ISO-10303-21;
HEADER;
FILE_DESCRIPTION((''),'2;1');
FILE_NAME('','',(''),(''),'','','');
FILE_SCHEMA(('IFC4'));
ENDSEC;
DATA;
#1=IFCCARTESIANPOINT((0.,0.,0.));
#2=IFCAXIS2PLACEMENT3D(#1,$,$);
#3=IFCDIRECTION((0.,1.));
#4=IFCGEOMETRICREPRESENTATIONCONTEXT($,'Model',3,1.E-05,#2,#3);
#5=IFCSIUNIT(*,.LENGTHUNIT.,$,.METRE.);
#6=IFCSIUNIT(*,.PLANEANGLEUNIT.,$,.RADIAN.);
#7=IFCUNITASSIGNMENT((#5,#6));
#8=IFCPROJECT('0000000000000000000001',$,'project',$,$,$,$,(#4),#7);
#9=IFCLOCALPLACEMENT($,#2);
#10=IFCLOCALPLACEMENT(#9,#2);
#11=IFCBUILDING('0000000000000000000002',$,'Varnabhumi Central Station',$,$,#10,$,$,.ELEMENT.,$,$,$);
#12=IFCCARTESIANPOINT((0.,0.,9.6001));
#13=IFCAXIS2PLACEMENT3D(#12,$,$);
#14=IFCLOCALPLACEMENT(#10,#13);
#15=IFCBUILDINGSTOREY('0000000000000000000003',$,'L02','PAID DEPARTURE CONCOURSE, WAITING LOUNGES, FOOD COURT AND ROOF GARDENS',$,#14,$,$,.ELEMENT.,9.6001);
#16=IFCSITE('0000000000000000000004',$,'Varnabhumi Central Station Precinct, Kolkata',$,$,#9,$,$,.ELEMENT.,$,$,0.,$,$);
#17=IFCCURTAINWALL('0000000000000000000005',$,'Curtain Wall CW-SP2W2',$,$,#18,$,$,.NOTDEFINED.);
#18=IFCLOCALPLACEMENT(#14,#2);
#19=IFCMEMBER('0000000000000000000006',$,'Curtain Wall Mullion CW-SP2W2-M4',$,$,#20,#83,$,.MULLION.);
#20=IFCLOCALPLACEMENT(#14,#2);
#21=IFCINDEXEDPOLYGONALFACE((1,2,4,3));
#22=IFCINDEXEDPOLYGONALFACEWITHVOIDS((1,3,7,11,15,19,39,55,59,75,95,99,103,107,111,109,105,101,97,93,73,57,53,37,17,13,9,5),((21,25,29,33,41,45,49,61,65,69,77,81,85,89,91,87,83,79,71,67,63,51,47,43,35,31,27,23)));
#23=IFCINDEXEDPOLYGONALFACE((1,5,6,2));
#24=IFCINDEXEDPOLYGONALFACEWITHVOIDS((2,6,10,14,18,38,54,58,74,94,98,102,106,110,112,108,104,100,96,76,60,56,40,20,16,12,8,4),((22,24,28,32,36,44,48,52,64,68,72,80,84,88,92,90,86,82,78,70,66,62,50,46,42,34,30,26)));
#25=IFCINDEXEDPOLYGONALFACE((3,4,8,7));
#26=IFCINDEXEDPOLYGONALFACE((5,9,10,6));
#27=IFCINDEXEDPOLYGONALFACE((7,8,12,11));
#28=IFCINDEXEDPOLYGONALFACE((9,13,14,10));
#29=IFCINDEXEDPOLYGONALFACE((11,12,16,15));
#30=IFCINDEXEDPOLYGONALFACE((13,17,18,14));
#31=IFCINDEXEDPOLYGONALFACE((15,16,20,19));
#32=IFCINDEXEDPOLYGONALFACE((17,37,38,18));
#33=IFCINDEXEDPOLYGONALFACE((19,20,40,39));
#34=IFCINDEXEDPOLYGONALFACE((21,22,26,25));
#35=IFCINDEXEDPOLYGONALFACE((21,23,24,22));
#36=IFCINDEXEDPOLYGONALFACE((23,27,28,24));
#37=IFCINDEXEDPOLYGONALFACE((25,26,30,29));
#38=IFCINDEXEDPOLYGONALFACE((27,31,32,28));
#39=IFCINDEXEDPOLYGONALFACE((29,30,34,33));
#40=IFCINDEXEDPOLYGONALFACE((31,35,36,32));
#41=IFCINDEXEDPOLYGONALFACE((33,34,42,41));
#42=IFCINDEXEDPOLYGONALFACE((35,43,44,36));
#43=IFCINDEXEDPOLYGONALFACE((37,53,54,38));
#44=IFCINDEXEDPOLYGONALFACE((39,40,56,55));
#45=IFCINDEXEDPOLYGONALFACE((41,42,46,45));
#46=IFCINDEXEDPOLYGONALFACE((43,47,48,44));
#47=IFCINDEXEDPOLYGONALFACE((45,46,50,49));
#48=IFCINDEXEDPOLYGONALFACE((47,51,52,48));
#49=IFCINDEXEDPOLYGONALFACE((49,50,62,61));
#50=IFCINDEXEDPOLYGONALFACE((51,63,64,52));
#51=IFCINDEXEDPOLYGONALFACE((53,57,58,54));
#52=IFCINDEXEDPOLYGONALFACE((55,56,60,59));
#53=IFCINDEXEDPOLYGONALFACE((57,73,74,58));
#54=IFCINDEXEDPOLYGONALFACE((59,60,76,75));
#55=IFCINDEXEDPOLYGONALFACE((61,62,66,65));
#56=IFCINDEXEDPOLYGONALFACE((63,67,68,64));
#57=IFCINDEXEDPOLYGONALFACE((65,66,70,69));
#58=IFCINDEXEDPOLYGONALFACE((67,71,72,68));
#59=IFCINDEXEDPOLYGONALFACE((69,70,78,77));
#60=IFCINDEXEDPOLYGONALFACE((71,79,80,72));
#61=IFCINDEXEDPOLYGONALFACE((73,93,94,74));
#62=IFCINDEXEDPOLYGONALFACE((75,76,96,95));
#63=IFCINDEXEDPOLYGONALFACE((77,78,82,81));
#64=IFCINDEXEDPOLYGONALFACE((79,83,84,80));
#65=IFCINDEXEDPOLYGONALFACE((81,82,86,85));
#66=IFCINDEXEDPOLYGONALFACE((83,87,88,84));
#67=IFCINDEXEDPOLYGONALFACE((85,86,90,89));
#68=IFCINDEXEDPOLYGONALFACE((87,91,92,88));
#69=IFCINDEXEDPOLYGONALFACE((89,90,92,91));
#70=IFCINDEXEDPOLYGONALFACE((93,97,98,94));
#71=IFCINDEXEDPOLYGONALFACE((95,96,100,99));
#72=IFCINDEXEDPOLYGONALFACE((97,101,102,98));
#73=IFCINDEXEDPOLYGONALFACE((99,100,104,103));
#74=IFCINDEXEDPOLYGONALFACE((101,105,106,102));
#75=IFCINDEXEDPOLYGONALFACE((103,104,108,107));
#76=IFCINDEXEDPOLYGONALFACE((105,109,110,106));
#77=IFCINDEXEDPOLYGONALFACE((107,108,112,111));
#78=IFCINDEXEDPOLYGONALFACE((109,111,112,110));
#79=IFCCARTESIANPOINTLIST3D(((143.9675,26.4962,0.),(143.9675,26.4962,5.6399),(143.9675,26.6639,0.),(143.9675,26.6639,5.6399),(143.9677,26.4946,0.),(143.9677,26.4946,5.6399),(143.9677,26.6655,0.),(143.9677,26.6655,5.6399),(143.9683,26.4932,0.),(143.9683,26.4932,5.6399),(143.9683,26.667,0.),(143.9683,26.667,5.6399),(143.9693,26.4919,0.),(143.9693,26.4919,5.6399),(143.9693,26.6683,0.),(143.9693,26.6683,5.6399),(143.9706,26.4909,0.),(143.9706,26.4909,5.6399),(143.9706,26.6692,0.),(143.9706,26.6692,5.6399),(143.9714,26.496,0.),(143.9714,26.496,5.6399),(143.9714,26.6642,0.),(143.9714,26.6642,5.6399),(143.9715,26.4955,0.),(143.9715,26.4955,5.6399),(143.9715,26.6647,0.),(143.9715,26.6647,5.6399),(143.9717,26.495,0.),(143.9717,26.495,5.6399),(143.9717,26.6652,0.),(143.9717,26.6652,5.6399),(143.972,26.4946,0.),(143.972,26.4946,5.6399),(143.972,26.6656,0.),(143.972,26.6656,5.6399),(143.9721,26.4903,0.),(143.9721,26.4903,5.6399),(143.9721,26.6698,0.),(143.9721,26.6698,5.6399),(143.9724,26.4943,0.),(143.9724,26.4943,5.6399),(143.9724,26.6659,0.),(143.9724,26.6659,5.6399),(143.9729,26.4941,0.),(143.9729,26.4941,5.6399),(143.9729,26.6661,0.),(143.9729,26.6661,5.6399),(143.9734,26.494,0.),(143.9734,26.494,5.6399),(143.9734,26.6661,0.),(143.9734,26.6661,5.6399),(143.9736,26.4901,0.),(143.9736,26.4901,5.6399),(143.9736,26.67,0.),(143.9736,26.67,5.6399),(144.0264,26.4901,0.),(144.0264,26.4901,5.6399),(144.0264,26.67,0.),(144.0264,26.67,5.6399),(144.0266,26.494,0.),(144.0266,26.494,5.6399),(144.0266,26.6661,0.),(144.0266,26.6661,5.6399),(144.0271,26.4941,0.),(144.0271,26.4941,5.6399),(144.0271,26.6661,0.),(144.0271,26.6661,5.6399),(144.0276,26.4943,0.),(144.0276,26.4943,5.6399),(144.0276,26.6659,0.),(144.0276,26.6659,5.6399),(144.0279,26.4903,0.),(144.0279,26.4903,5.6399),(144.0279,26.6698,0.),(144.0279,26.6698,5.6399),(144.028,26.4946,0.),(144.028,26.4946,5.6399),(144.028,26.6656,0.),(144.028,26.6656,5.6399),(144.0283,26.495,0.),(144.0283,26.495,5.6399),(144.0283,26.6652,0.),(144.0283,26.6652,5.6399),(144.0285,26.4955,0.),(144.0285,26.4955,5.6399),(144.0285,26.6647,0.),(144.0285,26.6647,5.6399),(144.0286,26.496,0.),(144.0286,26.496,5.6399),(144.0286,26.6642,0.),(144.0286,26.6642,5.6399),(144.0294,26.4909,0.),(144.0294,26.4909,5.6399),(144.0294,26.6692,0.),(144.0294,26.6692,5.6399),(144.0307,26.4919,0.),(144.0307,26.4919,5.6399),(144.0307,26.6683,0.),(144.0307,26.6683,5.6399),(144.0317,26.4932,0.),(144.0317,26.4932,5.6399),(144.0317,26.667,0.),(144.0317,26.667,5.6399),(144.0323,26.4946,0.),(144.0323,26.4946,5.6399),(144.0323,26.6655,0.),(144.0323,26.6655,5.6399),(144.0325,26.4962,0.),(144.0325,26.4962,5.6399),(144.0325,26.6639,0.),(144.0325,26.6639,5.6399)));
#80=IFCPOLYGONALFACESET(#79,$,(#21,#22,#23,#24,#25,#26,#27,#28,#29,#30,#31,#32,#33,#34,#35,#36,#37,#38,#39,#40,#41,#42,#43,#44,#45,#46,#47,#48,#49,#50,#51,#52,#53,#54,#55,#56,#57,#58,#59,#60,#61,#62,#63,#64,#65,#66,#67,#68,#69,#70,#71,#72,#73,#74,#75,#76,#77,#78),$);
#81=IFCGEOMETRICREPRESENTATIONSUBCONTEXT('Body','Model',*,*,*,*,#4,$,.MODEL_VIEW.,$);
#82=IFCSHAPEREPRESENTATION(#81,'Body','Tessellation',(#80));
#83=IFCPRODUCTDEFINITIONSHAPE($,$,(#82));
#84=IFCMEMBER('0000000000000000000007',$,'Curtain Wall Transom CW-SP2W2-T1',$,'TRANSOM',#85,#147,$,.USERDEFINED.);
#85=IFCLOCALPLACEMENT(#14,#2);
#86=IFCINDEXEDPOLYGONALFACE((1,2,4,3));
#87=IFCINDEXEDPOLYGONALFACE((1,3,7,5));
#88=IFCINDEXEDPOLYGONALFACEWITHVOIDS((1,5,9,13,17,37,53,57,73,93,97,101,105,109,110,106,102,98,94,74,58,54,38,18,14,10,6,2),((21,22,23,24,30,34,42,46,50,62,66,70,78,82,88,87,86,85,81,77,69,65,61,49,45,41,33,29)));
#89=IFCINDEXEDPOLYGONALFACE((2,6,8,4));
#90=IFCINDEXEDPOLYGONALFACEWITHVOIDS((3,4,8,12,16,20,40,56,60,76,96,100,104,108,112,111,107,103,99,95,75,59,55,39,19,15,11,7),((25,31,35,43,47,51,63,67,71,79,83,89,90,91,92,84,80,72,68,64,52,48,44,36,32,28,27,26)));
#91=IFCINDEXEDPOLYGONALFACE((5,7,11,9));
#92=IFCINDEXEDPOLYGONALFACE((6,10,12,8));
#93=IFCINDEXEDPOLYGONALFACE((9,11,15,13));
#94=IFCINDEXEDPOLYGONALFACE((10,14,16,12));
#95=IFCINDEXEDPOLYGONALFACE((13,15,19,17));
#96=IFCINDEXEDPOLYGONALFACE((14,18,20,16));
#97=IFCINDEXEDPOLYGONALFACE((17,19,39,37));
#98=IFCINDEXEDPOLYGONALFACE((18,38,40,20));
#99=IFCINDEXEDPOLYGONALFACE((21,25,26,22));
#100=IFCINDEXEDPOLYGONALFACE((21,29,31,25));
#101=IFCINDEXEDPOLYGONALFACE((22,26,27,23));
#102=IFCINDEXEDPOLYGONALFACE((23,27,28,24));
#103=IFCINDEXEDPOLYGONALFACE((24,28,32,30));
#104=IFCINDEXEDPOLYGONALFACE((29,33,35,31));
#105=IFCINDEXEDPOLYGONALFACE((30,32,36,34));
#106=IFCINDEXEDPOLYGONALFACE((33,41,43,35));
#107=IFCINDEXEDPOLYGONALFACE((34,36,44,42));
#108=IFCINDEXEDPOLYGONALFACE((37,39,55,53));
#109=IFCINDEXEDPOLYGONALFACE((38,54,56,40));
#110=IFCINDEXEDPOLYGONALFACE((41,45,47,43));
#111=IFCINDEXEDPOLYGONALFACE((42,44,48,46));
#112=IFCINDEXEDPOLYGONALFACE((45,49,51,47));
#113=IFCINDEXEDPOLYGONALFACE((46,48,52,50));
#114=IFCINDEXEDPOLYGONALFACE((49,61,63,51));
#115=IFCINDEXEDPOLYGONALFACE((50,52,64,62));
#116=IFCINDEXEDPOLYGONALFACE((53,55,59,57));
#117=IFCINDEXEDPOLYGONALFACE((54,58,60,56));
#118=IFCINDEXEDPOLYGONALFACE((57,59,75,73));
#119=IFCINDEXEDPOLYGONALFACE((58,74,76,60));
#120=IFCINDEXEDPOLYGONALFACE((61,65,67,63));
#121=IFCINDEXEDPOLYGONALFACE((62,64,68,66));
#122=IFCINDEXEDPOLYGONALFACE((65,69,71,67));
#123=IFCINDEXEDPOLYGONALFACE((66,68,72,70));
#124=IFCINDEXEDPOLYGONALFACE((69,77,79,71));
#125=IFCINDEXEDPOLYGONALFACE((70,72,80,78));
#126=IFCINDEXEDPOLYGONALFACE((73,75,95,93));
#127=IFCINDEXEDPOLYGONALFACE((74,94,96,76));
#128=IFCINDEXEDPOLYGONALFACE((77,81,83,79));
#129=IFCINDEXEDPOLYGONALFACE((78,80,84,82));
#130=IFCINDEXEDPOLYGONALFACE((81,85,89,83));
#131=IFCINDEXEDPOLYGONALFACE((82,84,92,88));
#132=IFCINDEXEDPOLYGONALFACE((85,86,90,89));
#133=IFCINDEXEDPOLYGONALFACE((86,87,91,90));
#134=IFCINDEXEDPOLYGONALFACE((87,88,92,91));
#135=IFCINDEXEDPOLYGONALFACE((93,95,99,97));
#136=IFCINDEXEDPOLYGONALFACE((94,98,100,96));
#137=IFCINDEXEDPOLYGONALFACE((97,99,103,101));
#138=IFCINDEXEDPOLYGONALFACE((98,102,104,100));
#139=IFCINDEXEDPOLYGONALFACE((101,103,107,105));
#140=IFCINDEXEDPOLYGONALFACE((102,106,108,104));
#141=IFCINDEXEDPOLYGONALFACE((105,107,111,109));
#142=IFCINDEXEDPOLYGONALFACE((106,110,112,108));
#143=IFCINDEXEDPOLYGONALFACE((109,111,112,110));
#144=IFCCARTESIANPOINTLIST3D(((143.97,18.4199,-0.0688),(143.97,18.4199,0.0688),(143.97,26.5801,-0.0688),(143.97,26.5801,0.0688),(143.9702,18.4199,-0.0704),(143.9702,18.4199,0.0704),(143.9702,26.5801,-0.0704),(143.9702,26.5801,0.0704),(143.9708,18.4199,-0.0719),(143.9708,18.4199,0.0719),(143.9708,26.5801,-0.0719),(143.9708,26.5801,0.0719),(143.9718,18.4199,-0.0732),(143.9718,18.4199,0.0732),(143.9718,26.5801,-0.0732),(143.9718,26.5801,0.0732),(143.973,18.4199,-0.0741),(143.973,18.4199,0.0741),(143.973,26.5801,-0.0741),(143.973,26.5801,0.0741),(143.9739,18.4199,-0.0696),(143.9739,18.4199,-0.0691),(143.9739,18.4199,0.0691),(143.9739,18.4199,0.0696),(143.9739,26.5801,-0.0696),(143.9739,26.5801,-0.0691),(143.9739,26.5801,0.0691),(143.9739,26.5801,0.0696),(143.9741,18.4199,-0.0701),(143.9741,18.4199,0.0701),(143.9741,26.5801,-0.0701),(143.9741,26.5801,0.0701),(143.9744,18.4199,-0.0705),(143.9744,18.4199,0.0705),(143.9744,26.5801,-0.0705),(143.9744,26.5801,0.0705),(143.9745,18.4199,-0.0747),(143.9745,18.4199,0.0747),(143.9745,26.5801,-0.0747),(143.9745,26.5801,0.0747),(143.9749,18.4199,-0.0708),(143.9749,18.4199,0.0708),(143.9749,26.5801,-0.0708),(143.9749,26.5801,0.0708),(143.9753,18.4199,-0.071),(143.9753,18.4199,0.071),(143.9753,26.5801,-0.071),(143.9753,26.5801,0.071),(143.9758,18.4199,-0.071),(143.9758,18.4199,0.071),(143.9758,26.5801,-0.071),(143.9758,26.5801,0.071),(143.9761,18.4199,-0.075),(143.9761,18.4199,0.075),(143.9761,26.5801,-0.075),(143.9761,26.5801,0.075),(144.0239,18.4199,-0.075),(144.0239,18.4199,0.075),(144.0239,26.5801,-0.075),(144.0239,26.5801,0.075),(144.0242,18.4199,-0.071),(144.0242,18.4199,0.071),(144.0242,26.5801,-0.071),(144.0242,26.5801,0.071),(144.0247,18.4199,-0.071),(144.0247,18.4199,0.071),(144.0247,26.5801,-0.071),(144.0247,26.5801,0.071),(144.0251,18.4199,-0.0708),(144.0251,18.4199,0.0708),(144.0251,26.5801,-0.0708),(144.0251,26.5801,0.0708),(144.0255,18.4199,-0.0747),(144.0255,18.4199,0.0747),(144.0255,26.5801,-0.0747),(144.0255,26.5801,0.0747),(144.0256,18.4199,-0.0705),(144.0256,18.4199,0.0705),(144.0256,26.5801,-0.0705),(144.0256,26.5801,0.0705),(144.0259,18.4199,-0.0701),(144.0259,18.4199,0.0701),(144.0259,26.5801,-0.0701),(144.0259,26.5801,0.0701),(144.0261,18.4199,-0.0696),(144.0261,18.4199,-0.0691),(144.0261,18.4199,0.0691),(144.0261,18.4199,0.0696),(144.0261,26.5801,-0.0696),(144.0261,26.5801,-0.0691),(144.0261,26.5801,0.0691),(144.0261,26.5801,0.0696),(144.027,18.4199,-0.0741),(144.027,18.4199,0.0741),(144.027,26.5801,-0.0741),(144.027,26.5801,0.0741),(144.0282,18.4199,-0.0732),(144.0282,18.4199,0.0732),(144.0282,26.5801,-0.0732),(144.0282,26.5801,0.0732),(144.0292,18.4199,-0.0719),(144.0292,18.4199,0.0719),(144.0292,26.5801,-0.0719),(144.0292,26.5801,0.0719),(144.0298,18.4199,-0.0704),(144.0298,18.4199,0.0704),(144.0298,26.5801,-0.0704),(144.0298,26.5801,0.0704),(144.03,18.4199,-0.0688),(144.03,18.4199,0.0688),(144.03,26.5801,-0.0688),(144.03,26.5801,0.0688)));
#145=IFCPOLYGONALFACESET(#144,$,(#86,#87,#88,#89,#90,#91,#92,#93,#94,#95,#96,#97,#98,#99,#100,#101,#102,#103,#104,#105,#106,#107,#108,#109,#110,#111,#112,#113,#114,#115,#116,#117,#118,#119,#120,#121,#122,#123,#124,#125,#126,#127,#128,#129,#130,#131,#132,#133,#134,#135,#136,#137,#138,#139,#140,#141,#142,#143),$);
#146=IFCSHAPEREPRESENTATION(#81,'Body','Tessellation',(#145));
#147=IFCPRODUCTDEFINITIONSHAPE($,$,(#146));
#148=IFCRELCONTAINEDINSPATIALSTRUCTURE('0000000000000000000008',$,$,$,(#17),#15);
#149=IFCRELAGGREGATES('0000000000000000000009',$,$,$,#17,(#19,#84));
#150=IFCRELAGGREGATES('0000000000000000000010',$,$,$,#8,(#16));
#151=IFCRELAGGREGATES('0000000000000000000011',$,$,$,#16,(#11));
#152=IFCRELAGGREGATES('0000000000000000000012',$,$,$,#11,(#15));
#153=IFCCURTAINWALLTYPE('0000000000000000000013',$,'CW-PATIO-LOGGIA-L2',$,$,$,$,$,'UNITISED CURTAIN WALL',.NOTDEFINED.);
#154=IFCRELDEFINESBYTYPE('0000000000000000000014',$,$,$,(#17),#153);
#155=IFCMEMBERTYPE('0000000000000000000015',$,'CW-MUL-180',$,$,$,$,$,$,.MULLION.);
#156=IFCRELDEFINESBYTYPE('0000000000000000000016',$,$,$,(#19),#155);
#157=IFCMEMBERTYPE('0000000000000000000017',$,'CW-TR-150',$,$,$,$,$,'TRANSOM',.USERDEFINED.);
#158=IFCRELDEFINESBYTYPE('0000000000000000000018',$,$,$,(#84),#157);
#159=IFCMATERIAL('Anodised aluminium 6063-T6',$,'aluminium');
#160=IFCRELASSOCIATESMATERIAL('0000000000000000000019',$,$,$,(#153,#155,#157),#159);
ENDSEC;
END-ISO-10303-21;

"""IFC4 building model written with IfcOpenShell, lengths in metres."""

from ifc_helpers import new_model, si_unit, direction, frame, origin, origin_2d, place, context, subcontext, project, spatial, hollow_rectangle, extrude, material, material_profile, profile_set, type_object, element, aggregate, save


model = new_model("IFC4")

# Units and contexts
model_context = context("Model", 3, precision=1e-05, world=origin(), true_north=direction((0.0, 1.0)))
body_context = subcontext(model_context, "Body", "Model", "MODEL_VIEW")
ifc_project = project(units=[si_unit("LENGTHUNIT", "METRE"), si_unit("PLANEANGLEUNIT", "RADIAN")], contexts=[model_context])

# Site, building, storey
site_placement = place(None, origin())
site = spatial("IfcSite", under=ifc_project, at=site_placement, Name="Varnabhumi Central Station Precinct, Kolkata", CompositionType="ELEMENT", RefElevation=0.0)
building_placement = place(site_placement, origin())
building = spatial("IfcBuilding", under=site, at=building_placement, Name="Varnabhumi Central Station", CompositionType="ELEMENT")
storey_placement = place(building_placement, frame((0.0, 0.0, 9.6001)))
storey = spatial("IfcBuildingStorey", under=building, at=storey_placement, Name="L02", Description="PAID DEPARTURE CONCOURSE, WAITING LOUNGES, FOOD COURT AND ROOF GARDENS", CompositionType="ELEMENT", Elevation=9.6001)

# Curtain wall, members
ifc_material_1 = material(Name="Anodised aluminium 6063-T6", Category="aluminium")
curtain_wall_type = type_object("IfcCurtainWallType", Name="CW-PATIO-LOGGIA-L2", ElementType="UNITISED CURTAIN WALL", PredefinedType="NOTDEFINED", material=ifc_material_1)
ifc_material_profile_1 = material_profile(ifc_material_1, hollow_rectangle(XDim=0.0649, YDim=0.1799, WallThickness=0.0039, InnerFilletRadius=0.002, OuterFilletRadius=0.0061, at=origin_2d()), Name="Anodised aluminium 6063-T6", Category="aluminium")
ifc_profile_set_1 = profile_set([ifc_material_profile_1], Name="Anodised aluminium 6063-T6")
member_type_1 = type_object("IfcMemberType", Name="CW-MUL-180", PredefinedType="MULLION", material=ifc_profile_set_1)
curtain_wall_1_placement = place(storey_placement, origin())
curtain_wall_1 = element("IfcCurtainWall", 1, at=curtain_wall_1_placement, inside=storey, type_object=curtain_wall_type, Name="Curtain Wall CW-SP2W2", PredefinedType="NOTDEFINED")
member_1_placement = place(storey_placement, frame((144.0, 26.5801, 0.0), z_axis=(0.0, 0.0, 1.0), x_axis=(1.0, 0.0, 0.0)))
member_1 = element("IfcMember", 2, at=member_1_placement, type_object=member_type_1, Name="Curtain Wall Mullion CW-SP2W2-M4", PredefinedType="MULLION", context=body_context, shape_type="SweptSolid", body=[
    extrude(hollow_rectangle(XDim=0.0649, YDim=0.1799, WallThickness=0.0039, InnerFilletRadius=0.002, OuterFilletRadius=0.0061, at=origin_2d()), origin(), (0.0, 0.0, 1.0), 5.6399),
])
ifc_material_profile_2 = material_profile(ifc_material_1, hollow_rectangle(XDim=0.0601, YDim=0.1499, WallThickness=0.0039, InnerFilletRadius=0.002, OuterFilletRadius=0.0061, at=origin_2d()), Name="Anodised aluminium 6063-T6", Category="aluminium")
ifc_profile_set_2 = profile_set([ifc_material_profile_2], Name="Anodised aluminium 6063-T6")
member_type_2 = type_object("IfcMemberType", Name="CW-TR-150", ElementType="TRANSOM", PredefinedType="USERDEFINED", material=ifc_profile_set_2)
member_2_placement = place(storey_placement, frame((144.0, 18.4199, 0.0), z_axis=(0.0, 1.0, 0.0), x_axis=(-1.0, 0.0, 0.0)))
member_2 = element("IfcMember", 3, at=member_2_placement, type_object=member_type_2, Name="Curtain Wall Transom CW-SP2W2-T1", ObjectType="TRANSOM", PredefinedType="USERDEFINED", context=body_context, shape_type="SweptSolid", body=[
    extrude(hollow_rectangle(XDim=0.0601, YDim=0.1499, WallThickness=0.0039, InnerFilletRadius=0.002, OuterFilletRadius=0.0061, at=origin_2d()), origin(), (0.0, 0.0, 1.0), 8.1602),
])

aggregate(curtain_wall_1, [member_1, member_2])

save(model, "model.ifc")
